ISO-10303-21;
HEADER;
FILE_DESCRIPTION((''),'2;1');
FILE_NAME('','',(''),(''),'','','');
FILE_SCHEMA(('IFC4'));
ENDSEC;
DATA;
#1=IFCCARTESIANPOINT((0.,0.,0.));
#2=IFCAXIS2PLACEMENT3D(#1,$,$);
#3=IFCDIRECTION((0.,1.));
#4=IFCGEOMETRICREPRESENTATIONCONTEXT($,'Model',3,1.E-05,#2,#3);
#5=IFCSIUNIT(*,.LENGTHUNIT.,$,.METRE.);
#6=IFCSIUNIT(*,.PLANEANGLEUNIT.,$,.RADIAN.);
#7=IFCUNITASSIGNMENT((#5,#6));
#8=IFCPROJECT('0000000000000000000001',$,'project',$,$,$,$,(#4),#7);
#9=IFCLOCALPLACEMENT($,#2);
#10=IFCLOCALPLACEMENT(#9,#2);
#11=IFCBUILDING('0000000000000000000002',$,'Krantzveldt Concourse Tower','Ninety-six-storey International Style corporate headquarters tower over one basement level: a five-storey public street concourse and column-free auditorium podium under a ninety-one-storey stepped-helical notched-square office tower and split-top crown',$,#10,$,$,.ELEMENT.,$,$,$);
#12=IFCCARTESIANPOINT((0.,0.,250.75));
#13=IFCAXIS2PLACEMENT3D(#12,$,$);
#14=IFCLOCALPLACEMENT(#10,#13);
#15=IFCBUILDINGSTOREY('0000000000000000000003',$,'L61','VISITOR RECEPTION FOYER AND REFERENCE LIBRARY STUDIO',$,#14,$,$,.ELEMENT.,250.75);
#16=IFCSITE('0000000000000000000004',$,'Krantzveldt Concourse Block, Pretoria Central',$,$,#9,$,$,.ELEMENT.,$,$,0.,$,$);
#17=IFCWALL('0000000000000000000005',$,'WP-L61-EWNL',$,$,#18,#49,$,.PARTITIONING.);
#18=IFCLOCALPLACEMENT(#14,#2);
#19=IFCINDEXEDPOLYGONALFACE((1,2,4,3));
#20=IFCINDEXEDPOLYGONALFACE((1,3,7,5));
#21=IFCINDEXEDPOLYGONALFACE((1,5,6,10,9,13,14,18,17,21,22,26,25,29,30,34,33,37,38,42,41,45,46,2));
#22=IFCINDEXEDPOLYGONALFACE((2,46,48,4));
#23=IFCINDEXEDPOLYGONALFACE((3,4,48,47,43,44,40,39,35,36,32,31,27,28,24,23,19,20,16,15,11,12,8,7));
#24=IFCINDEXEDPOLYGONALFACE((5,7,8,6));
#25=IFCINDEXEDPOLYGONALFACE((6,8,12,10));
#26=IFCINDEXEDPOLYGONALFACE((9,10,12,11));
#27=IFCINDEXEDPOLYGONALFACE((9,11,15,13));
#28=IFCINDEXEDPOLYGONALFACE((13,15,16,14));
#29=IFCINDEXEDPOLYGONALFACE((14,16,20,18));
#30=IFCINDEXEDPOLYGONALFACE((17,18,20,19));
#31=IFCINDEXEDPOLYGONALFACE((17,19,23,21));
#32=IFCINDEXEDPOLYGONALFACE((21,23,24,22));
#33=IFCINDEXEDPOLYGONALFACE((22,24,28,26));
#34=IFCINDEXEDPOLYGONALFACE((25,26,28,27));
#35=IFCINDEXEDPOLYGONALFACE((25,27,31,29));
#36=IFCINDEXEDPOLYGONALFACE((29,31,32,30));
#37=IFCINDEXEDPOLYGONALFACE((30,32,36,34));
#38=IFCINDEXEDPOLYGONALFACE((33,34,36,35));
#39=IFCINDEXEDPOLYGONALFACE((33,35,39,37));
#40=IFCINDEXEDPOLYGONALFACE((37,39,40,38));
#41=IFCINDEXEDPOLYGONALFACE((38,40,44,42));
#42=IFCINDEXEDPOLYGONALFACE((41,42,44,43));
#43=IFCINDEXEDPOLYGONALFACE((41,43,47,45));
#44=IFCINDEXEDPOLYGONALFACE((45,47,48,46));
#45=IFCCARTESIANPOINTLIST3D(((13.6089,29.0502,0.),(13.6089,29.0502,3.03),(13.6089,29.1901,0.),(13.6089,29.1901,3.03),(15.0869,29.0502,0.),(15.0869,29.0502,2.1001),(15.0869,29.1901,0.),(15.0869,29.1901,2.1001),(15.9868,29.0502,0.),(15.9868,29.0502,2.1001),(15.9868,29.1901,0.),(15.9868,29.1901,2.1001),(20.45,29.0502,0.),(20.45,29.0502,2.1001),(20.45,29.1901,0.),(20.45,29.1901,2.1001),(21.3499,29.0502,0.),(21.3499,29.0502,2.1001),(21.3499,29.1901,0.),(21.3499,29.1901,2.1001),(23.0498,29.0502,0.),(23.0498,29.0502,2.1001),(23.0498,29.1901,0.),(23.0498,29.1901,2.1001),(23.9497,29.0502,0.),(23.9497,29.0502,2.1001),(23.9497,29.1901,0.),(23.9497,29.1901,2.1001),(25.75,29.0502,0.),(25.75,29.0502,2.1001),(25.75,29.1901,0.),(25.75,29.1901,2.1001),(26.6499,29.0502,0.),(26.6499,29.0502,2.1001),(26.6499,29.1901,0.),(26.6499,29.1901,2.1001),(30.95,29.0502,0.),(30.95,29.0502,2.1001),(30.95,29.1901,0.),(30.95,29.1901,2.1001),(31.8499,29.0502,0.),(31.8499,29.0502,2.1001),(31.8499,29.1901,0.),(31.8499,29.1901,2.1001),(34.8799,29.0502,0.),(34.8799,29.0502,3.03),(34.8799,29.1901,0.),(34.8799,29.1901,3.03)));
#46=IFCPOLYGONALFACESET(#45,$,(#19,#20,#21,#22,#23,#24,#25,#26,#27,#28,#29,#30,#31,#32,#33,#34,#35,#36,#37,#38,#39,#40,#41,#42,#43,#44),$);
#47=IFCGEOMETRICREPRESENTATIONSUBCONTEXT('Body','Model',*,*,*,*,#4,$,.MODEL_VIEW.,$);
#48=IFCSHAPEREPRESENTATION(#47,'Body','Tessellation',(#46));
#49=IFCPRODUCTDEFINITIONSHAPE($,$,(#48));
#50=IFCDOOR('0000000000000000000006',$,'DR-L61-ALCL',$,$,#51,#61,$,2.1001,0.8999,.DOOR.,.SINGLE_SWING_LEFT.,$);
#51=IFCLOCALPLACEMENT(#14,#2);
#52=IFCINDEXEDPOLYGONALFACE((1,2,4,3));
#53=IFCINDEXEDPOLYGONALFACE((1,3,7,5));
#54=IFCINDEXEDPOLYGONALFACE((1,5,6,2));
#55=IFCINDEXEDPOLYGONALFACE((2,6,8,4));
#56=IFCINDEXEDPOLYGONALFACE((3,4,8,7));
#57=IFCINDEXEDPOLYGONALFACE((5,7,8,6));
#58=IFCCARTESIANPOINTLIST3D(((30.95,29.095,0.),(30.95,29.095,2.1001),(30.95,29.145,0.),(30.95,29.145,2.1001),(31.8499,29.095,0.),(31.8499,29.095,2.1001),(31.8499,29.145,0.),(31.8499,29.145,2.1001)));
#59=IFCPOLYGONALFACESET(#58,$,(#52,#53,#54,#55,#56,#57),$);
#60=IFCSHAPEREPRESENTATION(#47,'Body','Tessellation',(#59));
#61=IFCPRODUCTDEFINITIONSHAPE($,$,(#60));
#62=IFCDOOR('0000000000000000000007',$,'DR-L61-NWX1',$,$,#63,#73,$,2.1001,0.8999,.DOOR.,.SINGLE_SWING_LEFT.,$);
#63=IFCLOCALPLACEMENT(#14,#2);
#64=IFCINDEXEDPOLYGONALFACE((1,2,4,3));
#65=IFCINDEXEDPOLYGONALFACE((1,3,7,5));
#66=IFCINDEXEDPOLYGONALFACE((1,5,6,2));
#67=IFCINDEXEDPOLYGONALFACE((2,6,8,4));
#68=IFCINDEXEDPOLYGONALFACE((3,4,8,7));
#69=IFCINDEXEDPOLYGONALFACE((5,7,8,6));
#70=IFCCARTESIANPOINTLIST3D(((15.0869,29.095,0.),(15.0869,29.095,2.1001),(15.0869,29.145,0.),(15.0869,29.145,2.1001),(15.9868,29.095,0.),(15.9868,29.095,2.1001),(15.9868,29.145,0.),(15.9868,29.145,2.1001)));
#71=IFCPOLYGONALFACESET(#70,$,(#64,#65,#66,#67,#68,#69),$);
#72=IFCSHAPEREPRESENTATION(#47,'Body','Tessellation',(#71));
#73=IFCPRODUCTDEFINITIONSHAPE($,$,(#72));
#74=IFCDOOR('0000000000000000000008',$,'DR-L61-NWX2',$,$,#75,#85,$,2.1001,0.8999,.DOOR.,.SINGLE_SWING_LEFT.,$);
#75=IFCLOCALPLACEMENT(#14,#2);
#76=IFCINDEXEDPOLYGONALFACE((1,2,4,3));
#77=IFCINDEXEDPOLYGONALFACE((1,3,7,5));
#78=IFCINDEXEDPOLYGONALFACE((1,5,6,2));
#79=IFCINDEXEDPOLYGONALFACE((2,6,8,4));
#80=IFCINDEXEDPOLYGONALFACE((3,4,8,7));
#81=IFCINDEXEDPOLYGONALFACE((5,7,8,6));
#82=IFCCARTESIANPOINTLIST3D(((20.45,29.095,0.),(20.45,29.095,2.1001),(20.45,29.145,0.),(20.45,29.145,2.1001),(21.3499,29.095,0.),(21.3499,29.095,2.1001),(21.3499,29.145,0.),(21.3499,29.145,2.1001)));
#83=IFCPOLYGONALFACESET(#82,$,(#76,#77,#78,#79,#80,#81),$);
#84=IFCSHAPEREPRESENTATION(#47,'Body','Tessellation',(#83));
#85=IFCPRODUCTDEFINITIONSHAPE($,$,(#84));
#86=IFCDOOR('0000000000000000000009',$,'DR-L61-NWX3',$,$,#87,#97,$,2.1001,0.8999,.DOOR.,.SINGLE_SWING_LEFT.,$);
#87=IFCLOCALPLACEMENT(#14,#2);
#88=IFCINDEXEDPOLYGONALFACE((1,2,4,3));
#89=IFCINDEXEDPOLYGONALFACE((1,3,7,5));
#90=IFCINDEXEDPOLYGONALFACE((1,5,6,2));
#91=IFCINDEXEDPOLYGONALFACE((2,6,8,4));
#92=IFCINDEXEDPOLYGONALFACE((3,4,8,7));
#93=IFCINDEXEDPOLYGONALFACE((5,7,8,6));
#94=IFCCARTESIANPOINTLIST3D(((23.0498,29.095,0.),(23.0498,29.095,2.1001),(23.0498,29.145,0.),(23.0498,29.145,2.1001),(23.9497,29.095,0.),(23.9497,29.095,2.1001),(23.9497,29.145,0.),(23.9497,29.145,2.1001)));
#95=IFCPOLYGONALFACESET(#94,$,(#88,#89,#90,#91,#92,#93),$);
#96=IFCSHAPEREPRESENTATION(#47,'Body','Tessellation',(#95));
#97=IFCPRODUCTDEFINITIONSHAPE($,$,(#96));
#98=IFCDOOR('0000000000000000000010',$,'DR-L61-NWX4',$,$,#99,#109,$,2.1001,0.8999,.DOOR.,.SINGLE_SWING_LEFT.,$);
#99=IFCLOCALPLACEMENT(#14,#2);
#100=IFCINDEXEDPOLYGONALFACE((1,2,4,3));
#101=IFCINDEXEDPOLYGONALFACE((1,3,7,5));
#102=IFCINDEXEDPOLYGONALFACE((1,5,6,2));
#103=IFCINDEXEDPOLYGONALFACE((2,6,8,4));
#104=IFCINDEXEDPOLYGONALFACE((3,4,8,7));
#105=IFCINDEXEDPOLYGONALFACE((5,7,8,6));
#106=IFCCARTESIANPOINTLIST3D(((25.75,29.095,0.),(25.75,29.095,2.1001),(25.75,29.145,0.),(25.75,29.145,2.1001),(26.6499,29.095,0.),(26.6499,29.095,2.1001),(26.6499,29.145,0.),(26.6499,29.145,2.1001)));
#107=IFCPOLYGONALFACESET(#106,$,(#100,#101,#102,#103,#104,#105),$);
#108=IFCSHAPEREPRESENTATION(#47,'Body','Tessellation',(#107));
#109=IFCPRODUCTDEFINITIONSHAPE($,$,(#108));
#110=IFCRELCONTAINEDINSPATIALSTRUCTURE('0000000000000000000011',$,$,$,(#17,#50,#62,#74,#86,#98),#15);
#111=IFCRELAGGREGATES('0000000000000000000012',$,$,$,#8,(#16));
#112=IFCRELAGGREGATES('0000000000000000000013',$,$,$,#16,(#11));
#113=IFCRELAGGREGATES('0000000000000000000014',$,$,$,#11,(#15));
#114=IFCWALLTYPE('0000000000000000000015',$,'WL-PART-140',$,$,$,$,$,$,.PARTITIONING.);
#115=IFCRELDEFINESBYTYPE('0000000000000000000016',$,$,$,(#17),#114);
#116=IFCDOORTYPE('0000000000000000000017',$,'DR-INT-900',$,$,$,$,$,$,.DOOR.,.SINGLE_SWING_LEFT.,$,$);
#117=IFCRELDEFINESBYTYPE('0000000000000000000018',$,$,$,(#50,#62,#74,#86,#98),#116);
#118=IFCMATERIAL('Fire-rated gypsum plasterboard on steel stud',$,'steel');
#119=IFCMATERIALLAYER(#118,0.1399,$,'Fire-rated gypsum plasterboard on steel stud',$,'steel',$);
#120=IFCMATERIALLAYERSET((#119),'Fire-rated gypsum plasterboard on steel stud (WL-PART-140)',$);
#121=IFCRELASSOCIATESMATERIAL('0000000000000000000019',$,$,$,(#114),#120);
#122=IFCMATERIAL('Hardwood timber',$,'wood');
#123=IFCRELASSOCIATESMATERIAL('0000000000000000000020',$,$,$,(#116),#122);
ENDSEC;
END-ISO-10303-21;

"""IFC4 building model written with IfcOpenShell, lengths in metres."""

from ifc_helpers import new_model, si_unit, direction, frame, frame_2d, origin, place, context, subcontext, project, spatial, rectangle, extrude, material, layer, layer_set, type_object, element, fill, save


model = new_model("IFC4")

# Units and contexts
model_context = context("Model", 3, precision=1e-05, world=origin(), true_north=direction((0.0, 1.0)))
body_context = subcontext(model_context, "Body", "Model", "MODEL_VIEW")
ifc_project = project(units=[si_unit("LENGTHUNIT", "METRE"), si_unit("PLANEANGLEUNIT", "RADIAN")], contexts=[model_context])

# Site, building, storey
site_placement = place(None, origin())
site = spatial("IfcSite", under=ifc_project, at=site_placement, Name="Krantzveldt Concourse Block, Pretoria Central", CompositionType="ELEMENT", RefElevation=0.0)
building_placement = place(site_placement, origin())
building = spatial("IfcBuilding", under=site, at=building_placement, Name="Krantzveldt Concourse Tower", Description="Ninety-six-storey International Style corporate headquarters tower over one basement level: a five-storey public street concourse and column-free auditorium podium under a ninety-one-storey stepped-helical notched-square office tower and split-top crown", CompositionType="ELEMENT")
storey_placement = place(building_placement, frame((0.0, 0.0, 250.75)))
storey = spatial("IfcBuildingStorey", under=building, at=storey_placement, Name="L61", Description="VISITOR RECEPTION FOYER AND REFERENCE LIBRARY STUDIO", CompositionType="ELEMENT", Elevation=250.75)

# Shared definitions
ifc_material_1 = material(Name="Fire-rated gypsum plasterboard on steel stud", Category="steel")

# Wall, openings, doors
ifc_layer_1 = layer(ifc_material_1, 0.1399, Name="Fire-rated gypsum plasterboard on steel stud", Category="steel")
ifc_layer_set_1 = layer_set([ifc_layer_1], Name="Fire-rated gypsum plasterboard on steel stud (WL-PART-140)")
wall_type_1 = type_object("IfcWallType", Name="WL-PART-140", PredefinedType="PARTITIONING", material=ifc_layer_set_1)
wall_1_placement = place(storey_placement, frame((13.6089, 29.1201, 0.0), z_axis=(0.0, 0.0, 1.0), x_axis=(1.0, 0.0, 0.0)))
wall_1 = element("IfcWall", 1, at=wall_1_placement, inside=storey, type_object=wall_type_1, Name="WP-L61-EWNL", PredefinedType="PARTITIONING", context=body_context, shape_type="SweptSolid", body=[
    extrude(rectangle(XDim=21.271, YDim=0.1399, at=frame_2d((10.6355, 0.0))), origin(), (0.0, 0.0, 1.0), 3.03),
])
opening_1_placement = place(wall_1_placement, frame((17.3411, 0.0, 0.0)))
opening_1 = element("IfcOpeningElement", 2, at=opening_1_placement, cuts=wall_1, PredefinedType="OPENING", context=body_context, shape_type="SweptSolid", body=[
    extrude(rectangle(XDim=0.8999, YDim=2.1001, at=frame_2d((0.45, 1.05))), frame((0.0, 0.0801, 0.0), z_axis=(0.0, -1.0, 0.0), x_axis=(1.0, 0.0, 0.0)), (0.0, 0.0, 1.0), 0.1599),
])
opening_2_placement = place(wall_1_placement, frame((1.478, 0.0, 0.0)))
opening_2 = element("IfcOpeningElement", 3, at=opening_2_placement, cuts=wall_1, PredefinedType="OPENING", context=body_context, shape_type="SweptSolid", body=[
    extrude(rectangle(XDim=0.8999, YDim=2.1001, at=frame_2d((0.45, 1.05))), frame((0.0, 0.0801, 0.0), z_axis=(0.0, -1.0, 0.0), x_axis=(1.0, 0.0, 0.0)), (0.0, 0.0, 1.0), 0.1599),
])
opening_3_placement = place(wall_1_placement, frame((6.8411, 0.0, 0.0)))
opening_3 = element("IfcOpeningElement", 4, at=opening_3_placement, cuts=wall_1, PredefinedType="OPENING", context=body_context, shape_type="SweptSolid", body=[
    extrude(rectangle(XDim=0.8999, YDim=2.1001, at=frame_2d((0.45, 1.05))), frame((0.0, 0.0801, 0.0), z_axis=(0.0, -1.0, 0.0), x_axis=(1.0, 0.0, 0.0)), (0.0, 0.0, 1.0), 0.1599),
])
opening_4_placement = place(wall_1_placement, frame((9.4409, 0.0, 0.0)))
opening_4 = element("IfcOpeningElement", 5, at=opening_4_placement, cuts=wall_1, PredefinedType="OPENING", context=body_context, shape_type="SweptSolid", body=[
    extrude(rectangle(XDim=0.8999, YDim=2.1001, at=frame_2d((0.45, 1.05))), frame((0.0, 0.0801, 0.0), z_axis=(0.0, -1.0, 0.0), x_axis=(1.0, 0.0, 0.0)), (0.0, 0.0, 1.0), 0.1599),
])
opening_5_placement = place(wall_1_placement, frame((12.1411, 0.0, 0.0)))
opening_5 = element("IfcOpeningElement", 6, at=opening_5_placement, cuts=wall_1, PredefinedType="OPENING", context=body_context, shape_type="SweptSolid", body=[
    extrude(rectangle(XDim=0.8999, YDim=2.1001, at=frame_2d((0.45, 1.05))), frame((0.0, 0.0801, 0.0), z_axis=(0.0, -1.0, 0.0), x_axis=(1.0, 0.0, 0.0)), (0.0, 0.0, 1.0), 0.1599),
])
ifc_material_2 = material(Name="Hardwood timber", Category="wood")
door_type = type_object("IfcDoorType", Name="DR-INT-900", OperationType="SINGLE_SWING_LEFT", PredefinedType="DOOR", material=ifc_material_2)
door_1_placement = place(opening_1_placement, origin())
door_1 = element("IfcDoor", 7, at=door_1_placement, inside=storey, type_object=door_type, Name="DR-L61-ALCL", OperationType="SINGLE_SWING_LEFT", OverallHeight=2.1001, OverallWidth=0.8999, PredefinedType="DOOR", context=body_context, shape_type="SweptSolid", body=[
    extrude(rectangle(XDim=0.8999, YDim=2.1001, at=frame_2d((0.45, 1.05))), frame((0.0, 0.0249, 0.0), z_axis=(0.0, -1.0, 0.0), x_axis=(1.0, 0.0, 0.0)), (0.0, 0.0, 1.0), 0.05),
])
fill(opening_1, door_1)
door_2_placement = place(opening_2_placement, origin())
door_2 = element("IfcDoor", 8, at=door_2_placement, inside=storey, type_object=door_type, Name="DR-L61-NWX1", OperationType="SINGLE_SWING_LEFT", OverallHeight=2.1001, OverallWidth=0.8999, PredefinedType="DOOR", context=body_context, shape_type="SweptSolid", body=[
    extrude(rectangle(XDim=0.8999, YDim=2.1001, at=frame_2d((0.45, 1.05))), frame((0.0, 0.0249, 0.0), z_axis=(0.0, -1.0, 0.0), x_axis=(1.0, 0.0, 0.0)), (0.0, 0.0, 1.0), 0.05),
])
fill(opening_2, door_2)
door_3_placement = place(opening_3_placement, origin())
door_3 = element("IfcDoor", 9, at=door_3_placement, inside=storey, type_object=door_type, Name="DR-L61-NWX2", OperationType="SINGLE_SWING_LEFT", OverallHeight=2.1001, OverallWidth=0.8999, PredefinedType="DOOR", context=body_context, shape_type="SweptSolid", body=[
    extrude(rectangle(XDim=0.8999, YDim=2.1001, at=frame_2d((0.45, 1.05))), frame((0.0, 0.0249, 0.0), z_axis=(0.0, -1.0, 0.0), x_axis=(1.0, 0.0, 0.0)), (0.0, 0.0, 1.0), 0.05),
])
fill(opening_3, door_3)
door_4_placement = place(opening_4_placement, origin())
door_4 = element("IfcDoor", 10, at=door_4_placement, inside=storey, type_object=door_type, Name="DR-L61-NWX3", OperationType="SINGLE_SWING_LEFT", OverallHeight=2.1001, OverallWidth=0.8999, PredefinedType="DOOR", context=body_context, shape_type="SweptSolid", body=[
    extrude(rectangle(XDim=0.8999, YDim=2.1001, at=frame_2d((0.45, 1.05))), frame((0.0, 0.0249, 0.0), z_axis=(0.0, -1.0, 0.0), x_axis=(1.0, 0.0, 0.0)), (0.0, 0.0, 1.0), 0.05),
])
fill(opening_4, door_4)
door_5_placement = place(opening_5_placement, origin())
door_5 = element("IfcDoor", 11, at=door_5_placement, inside=storey, type_object=door_type, Name="DR-L61-NWX4", OperationType="SINGLE_SWING_LEFT", OverallHeight=2.1001, OverallWidth=0.8999, PredefinedType="DOOR", context=body_context, shape_type="SweptSolid", body=[
    extrude(rectangle(XDim=0.8999, YDim=2.1001, at=frame_2d((0.45, 1.05))), frame((0.0, 0.0249, 0.0), z_axis=(0.0, -1.0, 0.0), x_axis=(1.0, 0.0, 0.0)), (0.0, 0.0, 1.0), 0.05),
])
fill(opening_5, door_5)

save(model, "model.ifc")
